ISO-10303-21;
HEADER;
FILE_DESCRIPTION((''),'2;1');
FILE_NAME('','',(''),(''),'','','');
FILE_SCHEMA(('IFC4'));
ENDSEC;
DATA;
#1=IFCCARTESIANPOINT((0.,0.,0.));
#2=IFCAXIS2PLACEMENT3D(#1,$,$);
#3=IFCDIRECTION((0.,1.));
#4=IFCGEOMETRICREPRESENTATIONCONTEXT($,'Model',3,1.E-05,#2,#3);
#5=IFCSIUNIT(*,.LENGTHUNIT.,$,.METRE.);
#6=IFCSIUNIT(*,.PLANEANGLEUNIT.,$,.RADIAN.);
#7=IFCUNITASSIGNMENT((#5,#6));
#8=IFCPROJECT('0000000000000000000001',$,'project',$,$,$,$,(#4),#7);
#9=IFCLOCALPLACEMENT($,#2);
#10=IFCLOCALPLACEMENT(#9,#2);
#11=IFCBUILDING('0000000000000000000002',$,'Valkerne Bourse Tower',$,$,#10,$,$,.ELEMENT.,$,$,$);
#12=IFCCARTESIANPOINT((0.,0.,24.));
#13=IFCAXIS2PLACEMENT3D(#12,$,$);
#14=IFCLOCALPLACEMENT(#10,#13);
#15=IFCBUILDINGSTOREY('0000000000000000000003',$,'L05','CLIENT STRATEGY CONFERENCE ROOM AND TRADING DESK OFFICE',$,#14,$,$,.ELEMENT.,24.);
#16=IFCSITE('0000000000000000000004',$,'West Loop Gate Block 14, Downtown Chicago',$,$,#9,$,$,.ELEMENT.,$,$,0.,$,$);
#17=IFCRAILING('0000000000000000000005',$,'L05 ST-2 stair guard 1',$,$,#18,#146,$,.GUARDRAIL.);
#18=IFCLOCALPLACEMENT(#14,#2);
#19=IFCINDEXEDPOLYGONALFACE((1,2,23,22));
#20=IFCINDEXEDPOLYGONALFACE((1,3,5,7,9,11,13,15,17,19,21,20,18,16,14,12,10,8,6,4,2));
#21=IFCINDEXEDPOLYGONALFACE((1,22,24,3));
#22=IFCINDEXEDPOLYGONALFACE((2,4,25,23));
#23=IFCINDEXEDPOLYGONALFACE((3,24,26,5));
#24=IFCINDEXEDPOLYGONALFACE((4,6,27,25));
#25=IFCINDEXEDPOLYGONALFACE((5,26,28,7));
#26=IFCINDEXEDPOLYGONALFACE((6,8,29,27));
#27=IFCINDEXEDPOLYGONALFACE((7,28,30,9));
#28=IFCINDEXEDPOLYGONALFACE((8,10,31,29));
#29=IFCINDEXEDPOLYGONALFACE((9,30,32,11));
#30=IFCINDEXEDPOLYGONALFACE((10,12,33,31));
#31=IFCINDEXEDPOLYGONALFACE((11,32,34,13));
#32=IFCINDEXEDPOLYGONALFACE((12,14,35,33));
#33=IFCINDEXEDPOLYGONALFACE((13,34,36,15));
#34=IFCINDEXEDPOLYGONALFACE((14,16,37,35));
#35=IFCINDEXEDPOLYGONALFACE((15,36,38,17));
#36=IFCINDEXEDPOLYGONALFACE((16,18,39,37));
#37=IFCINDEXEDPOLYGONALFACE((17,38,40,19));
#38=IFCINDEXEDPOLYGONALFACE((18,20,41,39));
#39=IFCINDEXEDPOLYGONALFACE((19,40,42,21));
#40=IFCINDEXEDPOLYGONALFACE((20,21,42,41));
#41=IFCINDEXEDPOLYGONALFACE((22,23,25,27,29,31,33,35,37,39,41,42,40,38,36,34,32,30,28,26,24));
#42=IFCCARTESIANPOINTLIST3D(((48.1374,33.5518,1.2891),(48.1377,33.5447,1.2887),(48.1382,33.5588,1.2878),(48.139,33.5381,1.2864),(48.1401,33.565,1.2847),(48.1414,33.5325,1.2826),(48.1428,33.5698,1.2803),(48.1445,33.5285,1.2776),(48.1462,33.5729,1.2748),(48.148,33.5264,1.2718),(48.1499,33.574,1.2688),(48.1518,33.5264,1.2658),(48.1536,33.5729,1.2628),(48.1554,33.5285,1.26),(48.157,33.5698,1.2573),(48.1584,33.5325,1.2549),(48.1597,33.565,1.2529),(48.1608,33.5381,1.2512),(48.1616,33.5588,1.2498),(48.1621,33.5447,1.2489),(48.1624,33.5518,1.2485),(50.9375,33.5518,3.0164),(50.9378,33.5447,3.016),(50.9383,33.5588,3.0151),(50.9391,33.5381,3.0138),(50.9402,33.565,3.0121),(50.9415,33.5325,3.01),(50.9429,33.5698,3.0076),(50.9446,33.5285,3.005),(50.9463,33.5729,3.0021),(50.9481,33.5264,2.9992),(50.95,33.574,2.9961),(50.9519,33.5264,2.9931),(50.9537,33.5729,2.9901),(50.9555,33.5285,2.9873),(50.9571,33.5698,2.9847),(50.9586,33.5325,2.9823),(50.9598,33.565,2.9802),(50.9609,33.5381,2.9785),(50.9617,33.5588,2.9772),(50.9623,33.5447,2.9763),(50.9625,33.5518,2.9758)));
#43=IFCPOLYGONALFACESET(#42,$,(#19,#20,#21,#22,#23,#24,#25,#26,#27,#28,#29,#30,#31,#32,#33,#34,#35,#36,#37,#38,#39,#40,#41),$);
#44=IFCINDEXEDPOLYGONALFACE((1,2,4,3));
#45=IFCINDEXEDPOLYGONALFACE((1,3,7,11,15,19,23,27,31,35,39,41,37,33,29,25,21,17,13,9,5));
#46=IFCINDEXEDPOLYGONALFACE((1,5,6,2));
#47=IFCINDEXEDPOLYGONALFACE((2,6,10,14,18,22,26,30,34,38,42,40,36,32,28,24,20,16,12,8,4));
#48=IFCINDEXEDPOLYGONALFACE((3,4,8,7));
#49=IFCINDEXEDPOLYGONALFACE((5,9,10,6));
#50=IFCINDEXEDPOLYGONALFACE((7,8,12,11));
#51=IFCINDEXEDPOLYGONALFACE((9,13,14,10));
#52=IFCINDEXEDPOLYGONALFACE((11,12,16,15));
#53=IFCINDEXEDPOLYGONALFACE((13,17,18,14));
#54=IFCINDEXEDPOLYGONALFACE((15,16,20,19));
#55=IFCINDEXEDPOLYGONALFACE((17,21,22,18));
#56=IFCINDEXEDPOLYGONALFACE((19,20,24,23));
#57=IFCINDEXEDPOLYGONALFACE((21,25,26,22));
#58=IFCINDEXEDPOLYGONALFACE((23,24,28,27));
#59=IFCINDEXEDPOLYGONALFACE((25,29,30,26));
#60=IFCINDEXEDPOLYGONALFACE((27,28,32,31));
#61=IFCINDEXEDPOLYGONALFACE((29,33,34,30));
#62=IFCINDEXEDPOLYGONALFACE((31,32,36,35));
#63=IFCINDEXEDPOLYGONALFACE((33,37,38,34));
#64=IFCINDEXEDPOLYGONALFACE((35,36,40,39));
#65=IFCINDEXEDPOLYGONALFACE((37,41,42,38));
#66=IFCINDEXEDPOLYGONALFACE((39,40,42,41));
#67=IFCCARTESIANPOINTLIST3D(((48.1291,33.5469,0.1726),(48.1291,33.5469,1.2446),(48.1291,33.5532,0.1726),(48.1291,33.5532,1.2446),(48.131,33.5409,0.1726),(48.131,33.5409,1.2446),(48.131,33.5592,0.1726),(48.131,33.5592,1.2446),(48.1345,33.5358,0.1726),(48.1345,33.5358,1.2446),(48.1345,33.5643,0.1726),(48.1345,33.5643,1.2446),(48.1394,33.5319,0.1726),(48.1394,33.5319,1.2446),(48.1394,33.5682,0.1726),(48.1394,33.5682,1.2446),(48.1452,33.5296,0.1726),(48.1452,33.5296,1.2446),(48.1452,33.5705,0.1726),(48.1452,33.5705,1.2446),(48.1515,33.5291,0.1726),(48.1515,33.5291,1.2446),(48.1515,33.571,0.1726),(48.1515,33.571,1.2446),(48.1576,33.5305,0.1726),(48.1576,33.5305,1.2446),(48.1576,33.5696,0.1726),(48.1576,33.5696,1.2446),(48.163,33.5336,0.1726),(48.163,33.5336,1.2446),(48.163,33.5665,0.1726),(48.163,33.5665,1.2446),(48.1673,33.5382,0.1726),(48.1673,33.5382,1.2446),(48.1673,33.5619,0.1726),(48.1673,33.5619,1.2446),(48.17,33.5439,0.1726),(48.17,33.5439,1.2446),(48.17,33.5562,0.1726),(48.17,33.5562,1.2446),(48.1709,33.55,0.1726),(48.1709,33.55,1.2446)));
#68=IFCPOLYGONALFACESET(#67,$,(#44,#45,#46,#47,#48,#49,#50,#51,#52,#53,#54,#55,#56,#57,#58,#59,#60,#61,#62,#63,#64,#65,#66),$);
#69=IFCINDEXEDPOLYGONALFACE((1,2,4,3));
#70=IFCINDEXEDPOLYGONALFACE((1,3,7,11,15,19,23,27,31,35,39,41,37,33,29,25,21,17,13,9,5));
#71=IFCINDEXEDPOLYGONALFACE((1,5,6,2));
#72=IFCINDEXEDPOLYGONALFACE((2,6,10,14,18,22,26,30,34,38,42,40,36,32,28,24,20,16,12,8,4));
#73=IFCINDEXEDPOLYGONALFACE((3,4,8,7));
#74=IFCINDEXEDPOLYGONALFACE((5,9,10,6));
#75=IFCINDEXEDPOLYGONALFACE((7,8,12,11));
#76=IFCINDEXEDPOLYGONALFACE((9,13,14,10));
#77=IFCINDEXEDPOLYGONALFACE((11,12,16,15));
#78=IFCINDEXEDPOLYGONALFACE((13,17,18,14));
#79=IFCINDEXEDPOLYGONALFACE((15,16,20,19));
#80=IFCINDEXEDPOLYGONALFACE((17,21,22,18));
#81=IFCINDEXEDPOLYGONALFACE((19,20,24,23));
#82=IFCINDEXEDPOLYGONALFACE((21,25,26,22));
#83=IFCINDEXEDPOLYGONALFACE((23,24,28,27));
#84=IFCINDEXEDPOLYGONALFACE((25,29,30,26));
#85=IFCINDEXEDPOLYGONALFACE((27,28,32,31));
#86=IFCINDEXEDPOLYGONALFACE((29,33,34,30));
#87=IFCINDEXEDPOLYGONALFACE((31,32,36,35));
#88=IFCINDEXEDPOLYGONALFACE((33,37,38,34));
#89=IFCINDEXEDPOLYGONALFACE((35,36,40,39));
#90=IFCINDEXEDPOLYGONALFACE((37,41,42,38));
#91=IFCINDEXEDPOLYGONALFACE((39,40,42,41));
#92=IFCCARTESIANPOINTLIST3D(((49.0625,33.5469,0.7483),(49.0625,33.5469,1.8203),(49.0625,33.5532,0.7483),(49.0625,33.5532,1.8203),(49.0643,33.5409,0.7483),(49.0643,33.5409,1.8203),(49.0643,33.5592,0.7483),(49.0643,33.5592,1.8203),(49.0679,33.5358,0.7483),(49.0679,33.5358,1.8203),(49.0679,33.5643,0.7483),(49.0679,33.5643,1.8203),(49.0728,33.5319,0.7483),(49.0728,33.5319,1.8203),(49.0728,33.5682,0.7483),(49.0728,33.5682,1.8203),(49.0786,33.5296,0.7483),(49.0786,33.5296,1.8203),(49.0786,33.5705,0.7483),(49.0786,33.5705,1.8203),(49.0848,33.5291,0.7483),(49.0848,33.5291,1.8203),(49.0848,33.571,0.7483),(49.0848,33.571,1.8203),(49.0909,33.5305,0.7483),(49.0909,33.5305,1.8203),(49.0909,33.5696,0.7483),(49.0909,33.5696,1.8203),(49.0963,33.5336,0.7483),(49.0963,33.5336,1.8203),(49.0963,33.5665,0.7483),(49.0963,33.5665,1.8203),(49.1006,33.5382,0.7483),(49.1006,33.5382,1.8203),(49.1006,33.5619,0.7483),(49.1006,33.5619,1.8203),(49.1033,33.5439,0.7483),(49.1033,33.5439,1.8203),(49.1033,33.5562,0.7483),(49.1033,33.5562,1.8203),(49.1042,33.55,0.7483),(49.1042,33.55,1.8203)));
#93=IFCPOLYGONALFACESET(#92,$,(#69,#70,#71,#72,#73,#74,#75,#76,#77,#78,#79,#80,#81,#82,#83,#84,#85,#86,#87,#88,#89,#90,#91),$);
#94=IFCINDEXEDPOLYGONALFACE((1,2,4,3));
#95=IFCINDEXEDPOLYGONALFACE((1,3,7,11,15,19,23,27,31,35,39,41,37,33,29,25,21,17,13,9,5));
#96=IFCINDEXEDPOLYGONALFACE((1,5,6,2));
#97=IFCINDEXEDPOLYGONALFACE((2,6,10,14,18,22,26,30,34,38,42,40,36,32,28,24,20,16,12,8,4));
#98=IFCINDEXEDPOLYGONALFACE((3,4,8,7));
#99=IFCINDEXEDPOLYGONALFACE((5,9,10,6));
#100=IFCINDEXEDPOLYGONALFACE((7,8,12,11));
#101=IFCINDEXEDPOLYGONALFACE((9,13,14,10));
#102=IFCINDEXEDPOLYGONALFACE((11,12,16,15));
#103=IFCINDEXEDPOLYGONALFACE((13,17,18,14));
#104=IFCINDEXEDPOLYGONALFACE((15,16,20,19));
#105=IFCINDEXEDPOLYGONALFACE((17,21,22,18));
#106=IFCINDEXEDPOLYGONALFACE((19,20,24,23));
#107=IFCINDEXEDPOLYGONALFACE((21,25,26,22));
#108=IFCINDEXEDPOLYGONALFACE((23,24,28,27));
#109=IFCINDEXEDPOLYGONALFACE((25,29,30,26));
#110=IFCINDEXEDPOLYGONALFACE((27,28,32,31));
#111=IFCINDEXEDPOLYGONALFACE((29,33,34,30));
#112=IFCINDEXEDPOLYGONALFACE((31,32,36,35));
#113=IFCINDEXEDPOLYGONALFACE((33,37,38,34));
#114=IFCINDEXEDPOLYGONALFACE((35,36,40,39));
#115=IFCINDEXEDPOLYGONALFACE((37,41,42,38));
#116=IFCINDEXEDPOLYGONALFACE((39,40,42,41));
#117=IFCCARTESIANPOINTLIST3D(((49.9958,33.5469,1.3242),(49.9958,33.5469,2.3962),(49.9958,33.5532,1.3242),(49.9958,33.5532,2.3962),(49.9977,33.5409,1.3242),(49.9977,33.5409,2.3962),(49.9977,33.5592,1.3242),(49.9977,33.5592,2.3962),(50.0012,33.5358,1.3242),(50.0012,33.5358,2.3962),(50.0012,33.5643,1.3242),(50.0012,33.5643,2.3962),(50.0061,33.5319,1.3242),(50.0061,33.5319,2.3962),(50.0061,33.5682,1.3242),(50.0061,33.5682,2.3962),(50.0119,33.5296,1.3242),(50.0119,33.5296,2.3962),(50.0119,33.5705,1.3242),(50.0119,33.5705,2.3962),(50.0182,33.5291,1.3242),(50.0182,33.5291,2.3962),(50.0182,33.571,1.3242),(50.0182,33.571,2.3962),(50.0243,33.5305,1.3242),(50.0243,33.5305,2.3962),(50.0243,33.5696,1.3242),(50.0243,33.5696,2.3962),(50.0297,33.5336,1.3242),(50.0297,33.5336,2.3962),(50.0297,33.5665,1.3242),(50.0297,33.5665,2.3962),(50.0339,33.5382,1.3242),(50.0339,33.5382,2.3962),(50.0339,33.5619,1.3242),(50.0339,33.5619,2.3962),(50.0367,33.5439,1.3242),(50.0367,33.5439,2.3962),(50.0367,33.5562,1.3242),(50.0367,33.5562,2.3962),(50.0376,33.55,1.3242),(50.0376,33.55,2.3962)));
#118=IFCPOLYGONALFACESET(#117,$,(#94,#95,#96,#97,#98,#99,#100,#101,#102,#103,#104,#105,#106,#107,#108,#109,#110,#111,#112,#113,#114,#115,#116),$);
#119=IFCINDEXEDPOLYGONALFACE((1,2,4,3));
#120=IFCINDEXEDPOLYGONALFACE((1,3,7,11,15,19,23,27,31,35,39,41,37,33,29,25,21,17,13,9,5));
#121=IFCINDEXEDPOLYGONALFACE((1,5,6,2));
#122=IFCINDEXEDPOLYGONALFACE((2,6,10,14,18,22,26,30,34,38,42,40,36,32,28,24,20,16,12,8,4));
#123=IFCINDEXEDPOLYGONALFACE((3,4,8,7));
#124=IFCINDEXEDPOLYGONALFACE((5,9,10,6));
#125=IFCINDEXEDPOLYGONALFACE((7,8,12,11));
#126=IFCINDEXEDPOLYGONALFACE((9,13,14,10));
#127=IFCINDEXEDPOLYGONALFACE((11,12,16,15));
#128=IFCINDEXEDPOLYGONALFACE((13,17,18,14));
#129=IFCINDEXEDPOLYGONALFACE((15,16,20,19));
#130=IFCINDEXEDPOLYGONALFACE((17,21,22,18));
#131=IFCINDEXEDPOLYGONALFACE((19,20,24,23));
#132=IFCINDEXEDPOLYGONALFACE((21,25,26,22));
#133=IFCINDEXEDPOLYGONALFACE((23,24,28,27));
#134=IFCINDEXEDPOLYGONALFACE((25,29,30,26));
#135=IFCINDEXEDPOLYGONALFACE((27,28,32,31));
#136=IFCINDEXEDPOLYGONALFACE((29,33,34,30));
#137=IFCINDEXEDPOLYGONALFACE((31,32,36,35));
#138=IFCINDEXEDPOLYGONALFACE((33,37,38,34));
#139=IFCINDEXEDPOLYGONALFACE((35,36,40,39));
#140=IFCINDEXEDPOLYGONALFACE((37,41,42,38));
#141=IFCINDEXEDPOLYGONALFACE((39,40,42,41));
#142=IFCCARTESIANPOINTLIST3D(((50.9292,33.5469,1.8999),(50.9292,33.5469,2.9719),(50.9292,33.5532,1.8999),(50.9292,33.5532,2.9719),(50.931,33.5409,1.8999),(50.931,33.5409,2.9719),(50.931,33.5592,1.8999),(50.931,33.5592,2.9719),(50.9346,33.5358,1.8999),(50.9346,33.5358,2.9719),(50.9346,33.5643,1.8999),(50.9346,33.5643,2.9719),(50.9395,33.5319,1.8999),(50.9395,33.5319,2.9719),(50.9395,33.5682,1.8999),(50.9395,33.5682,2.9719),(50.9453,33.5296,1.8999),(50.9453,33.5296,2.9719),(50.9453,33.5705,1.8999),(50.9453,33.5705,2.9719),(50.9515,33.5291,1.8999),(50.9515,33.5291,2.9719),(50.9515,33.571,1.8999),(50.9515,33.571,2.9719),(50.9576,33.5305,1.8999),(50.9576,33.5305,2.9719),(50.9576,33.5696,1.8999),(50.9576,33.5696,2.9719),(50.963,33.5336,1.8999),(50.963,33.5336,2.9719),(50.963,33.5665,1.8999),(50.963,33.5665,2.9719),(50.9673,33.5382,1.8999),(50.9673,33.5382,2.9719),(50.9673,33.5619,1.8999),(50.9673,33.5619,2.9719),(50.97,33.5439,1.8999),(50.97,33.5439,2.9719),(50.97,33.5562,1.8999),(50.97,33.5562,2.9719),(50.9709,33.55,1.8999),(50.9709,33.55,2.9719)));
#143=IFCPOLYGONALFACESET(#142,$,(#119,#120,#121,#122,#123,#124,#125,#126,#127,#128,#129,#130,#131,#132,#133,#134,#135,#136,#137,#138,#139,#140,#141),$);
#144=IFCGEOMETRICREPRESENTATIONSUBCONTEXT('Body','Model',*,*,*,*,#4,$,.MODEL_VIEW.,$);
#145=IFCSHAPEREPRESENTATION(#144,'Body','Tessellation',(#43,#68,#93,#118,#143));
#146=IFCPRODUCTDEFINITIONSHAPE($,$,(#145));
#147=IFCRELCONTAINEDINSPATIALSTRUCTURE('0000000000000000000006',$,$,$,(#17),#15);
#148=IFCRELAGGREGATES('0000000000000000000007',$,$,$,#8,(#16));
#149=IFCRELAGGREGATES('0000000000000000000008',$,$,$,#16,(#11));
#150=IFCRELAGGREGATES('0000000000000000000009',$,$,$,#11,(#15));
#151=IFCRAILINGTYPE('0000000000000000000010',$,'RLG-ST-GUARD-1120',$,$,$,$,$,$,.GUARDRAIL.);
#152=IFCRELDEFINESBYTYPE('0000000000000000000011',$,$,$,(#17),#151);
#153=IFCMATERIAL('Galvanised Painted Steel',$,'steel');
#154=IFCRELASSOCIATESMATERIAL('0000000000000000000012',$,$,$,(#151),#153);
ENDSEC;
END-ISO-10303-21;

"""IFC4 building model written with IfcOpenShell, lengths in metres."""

from ifc_helpers import new_model, si_unit, direction, frame, origin, origin_2d, place, context, subcontext, project, spatial, circle, extrude, material, type_object, element, save


model = new_model("IFC4")

# Units and contexts
model_context = context("Model", 3, precision=1e-05, world=origin(), true_north=direction((0.0, 1.0)))
body_context = subcontext(model_context, "Body", "Model", "MODEL_VIEW")
ifc_project = project(units=[si_unit("LENGTHUNIT", "METRE"), si_unit("PLANEANGLEUNIT", "RADIAN")], contexts=[model_context])

# Site, building, storey
site_placement = place(None, origin())
site = spatial("IfcSite", under=ifc_project, at=site_placement, Name="West Loop Gate Block 14, Downtown Chicago", CompositionType="ELEMENT", RefElevation=0.0)
building_placement = place(site_placement, origin())
building = spatial("IfcBuilding", under=site, at=building_placement, Name="Valkerne Bourse Tower", CompositionType="ELEMENT")
storey_placement = place(building_placement, frame((0.0, 0.0, 24.0)))
storey = spatial("IfcBuildingStorey", under=building, at=storey_placement, Name="L05", Description="CLIENT STRATEGY CONFERENCE ROOM AND TRADING DESK OFFICE", CompositionType="ELEMENT", Elevation=24.0)

# Shared definitions
ifc_material_1 = material(Name="Galvanised Painted Steel", Category="steel")

# Railing
railing_type_1 = type_object("IfcRailingType", Name="RLG-ST-GUARD-1120", PredefinedType="GUARDRAIL", material=ifc_material_1)
railing_1_placement = place(storey_placement, frame((48.1499, 33.55, 0.1726)))
element("IfcRailing", 1, at=railing_1_placement, inside=storey, type_object=railing_type_1, Name="L05 ST-2 stair guard 1", PredefinedType="GUARDRAIL", context=body_context, shape_type="SweptSolid", body=[
    extrude(circle(Radius=0.0239, at=origin_2d()), frame((0.0, 0.0, 1.0962), z_axis=(0.85109, 0.0, 0.52502), x_axis=(0.0, 1.0, 0.0)), (0.0, 0.0, 1.0), 3.29),
    extrude(circle(Radius=0.021, at=origin_2d()), origin(), (0.0, 0.0, 1.0), 1.072),
    extrude(circle(Radius=0.021, at=origin_2d()), frame((0.9333, 0.0, 0.5757)), (0.0, 0.0, 1.0), 1.072),
    extrude(circle(Radius=0.021, at=origin_2d()), frame((1.8667, 0.0, 1.1516)), (0.0, 0.0, 1.0), 1.072),
    extrude(circle(Radius=0.021, at=origin_2d()), frame((2.8, 0.0, 1.7273)), (0.0, 0.0, 1.0), 1.072),
])

save(model, "model.ifc")
